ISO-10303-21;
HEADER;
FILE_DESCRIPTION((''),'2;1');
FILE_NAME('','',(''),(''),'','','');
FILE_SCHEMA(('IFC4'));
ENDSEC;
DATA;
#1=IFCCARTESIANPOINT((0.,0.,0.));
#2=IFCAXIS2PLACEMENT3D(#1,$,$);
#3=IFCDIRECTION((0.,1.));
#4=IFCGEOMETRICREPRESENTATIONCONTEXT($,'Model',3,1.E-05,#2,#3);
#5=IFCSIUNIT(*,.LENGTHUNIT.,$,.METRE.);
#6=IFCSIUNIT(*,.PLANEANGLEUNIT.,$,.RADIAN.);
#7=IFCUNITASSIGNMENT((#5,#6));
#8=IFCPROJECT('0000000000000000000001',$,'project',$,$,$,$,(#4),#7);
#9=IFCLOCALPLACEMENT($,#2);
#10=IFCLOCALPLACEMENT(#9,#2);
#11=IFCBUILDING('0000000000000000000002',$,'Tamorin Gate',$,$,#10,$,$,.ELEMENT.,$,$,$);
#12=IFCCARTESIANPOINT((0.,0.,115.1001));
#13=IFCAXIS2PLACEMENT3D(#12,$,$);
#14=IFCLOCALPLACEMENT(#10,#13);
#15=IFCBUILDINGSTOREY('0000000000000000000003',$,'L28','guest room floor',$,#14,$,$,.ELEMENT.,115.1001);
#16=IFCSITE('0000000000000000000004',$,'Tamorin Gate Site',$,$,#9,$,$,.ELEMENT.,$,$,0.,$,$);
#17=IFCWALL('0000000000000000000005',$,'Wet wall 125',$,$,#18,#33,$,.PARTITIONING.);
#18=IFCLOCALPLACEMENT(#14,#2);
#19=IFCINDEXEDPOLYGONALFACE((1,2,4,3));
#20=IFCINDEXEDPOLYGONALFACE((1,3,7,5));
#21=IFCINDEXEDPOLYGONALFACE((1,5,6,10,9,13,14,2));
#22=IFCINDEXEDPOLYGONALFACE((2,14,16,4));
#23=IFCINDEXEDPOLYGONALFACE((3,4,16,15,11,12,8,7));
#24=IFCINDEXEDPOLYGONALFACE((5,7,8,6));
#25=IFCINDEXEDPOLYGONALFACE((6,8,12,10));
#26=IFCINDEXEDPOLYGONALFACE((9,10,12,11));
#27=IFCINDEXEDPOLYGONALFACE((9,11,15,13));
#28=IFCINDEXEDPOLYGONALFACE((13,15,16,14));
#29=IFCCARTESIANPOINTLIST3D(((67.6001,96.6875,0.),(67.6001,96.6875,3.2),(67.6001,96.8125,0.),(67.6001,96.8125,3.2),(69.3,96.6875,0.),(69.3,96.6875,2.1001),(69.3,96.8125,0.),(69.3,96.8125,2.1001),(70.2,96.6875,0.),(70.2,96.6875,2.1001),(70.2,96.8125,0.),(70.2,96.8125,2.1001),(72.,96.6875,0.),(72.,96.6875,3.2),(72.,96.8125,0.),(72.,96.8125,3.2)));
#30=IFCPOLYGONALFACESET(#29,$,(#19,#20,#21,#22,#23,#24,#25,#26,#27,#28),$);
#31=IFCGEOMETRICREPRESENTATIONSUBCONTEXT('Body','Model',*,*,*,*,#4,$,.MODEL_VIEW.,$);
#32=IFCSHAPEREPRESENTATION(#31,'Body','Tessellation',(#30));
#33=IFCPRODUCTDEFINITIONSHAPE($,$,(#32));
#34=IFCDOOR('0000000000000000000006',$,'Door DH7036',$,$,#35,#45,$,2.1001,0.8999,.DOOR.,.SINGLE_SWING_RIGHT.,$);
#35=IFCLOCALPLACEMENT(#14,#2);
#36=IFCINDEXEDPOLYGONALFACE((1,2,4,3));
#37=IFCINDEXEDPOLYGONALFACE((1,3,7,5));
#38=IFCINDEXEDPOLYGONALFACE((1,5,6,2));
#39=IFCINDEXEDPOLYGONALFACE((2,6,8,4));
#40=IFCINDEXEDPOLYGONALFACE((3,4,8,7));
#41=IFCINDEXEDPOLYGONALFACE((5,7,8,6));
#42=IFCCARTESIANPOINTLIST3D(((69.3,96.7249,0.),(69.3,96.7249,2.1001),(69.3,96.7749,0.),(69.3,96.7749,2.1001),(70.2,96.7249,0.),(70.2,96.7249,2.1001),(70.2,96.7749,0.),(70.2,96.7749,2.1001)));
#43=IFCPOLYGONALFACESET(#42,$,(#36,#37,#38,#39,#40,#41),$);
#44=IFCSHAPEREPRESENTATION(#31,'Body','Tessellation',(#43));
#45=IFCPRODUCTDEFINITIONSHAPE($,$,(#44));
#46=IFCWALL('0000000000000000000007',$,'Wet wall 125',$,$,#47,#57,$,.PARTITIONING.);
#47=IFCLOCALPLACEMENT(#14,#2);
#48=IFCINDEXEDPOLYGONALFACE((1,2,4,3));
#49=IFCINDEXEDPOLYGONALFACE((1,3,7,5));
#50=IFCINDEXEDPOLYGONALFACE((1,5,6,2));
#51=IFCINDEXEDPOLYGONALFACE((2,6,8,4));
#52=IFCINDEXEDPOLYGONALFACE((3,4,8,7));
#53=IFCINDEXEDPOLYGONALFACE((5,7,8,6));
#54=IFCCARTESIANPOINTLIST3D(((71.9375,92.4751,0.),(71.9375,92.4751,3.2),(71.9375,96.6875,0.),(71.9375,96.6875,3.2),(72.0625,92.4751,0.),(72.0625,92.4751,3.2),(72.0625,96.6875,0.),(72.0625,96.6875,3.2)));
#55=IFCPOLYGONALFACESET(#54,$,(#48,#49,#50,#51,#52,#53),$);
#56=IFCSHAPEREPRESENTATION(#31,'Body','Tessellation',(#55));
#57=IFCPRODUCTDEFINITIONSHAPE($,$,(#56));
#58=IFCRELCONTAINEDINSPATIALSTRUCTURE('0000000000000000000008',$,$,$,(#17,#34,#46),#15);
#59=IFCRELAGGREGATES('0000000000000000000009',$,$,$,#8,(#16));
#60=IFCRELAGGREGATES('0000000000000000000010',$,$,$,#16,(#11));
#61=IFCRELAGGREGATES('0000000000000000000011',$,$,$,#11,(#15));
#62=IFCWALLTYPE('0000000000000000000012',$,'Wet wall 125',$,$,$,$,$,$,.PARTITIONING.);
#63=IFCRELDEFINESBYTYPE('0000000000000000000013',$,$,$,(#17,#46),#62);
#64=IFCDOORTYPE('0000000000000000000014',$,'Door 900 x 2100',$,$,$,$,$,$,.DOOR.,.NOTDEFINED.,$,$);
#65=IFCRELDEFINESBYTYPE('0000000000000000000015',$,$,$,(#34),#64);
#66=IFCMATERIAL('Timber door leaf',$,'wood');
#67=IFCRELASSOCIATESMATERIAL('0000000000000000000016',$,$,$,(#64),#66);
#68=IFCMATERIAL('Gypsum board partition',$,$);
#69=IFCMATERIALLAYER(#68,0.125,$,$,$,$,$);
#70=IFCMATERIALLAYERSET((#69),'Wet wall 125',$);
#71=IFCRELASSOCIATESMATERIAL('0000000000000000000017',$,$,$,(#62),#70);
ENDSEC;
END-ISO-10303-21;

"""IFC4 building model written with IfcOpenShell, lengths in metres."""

from ifc_helpers import new_model, si_unit, direction, frame, frame_2d, origin, place, context, subcontext, project, spatial, rectangle, extrude, material, layer, layer_set, type_object, element, fill, save


model = new_model("IFC4")

# Units and contexts
model_context = context("Model", 3, precision=1e-05, world=origin(), true_north=direction((0.0, 1.0)))
body_context = subcontext(model_context, "Body", "Model", "MODEL_VIEW")
ifc_project = project(units=[si_unit("LENGTHUNIT", "METRE"), si_unit("PLANEANGLEUNIT", "RADIAN")], contexts=[model_context])

# Site, building, storey
site_placement = place(None, origin())
site = spatial("IfcSite", under=ifc_project, at=site_placement, Name="Tamorin Gate Site", CompositionType="ELEMENT", RefElevation=0.0)
building_placement = place(site_placement, origin())
building = spatial("IfcBuilding", under=site, at=building_placement, Name="Tamorin Gate", CompositionType="ELEMENT")
storey_placement = place(building_placement, frame((0.0, 0.0, 115.1001)))
storey = spatial("IfcBuildingStorey", under=building, at=storey_placement, Name="L28", Description="guest room floor", CompositionType="ELEMENT", Elevation=115.1001)

# Shared definitions
ifc_material_1 = material(Name="Gypsum board partition")

# Wall, opening, door
ifc_material_2 = material(Name="Timber door leaf", Category="wood")
door_type = type_object("IfcDoorType", Name="Door 900 x 2100", OperationType="NOTDEFINED", PredefinedType="DOOR", material=ifc_material_2)
ifc_layer_1 = layer(ifc_material_1, 0.125)
ifc_layer_set_1 = layer_set([ifc_layer_1], Name="Wet wall 125")
wall_type_1 = type_object("IfcWallType", Name="Wet wall 125", PredefinedType="PARTITIONING", material=ifc_layer_set_1)
wall_1_placement = place(storey_placement, frame((67.6001, 96.75, 0.0), z_axis=(0.0, 0.0, 1.0), x_axis=(1.0, 0.0, 0.0)))
wall_1 = element("IfcWall", 1, at=wall_1_placement, inside=storey, type_object=wall_type_1, Name="Wet wall 125", PredefinedType="PARTITIONING", context=body_context, shape_type="SweptSolid", body=[
    extrude(rectangle(XDim=4.3999, YDim=0.125, at=frame_2d((2.2, 0.0))), origin(), (0.0, 0.0, 1.0), 3.2),
])
opening_1_placement = place(wall_1_placement, frame((1.7, 0.0, 0.0)))
opening_1 = element("IfcOpeningElement", 2, at=opening_1_placement, cuts=wall_1, PredefinedType="OPENING", context=body_context, shape_type="SweptSolid", body=[
    extrude(rectangle(XDim=0.8999, YDim=2.1001, at=frame_2d((0.45, 1.05))), frame((0.0, 0.0725, 0.0), z_axis=(0.0, -1.0, 0.0), x_axis=(1.0, 0.0, 0.0)), (0.0, 0.0, 1.0), 0.145),
])
door_1_placement = place(opening_1_placement, origin())
door_1 = element("IfcDoor", 3, at=door_1_placement, inside=storey, type_object=door_type, Name="Door DH7036", OperationType="SINGLE_SWING_RIGHT", OverallHeight=2.1001, OverallWidth=0.8999, PredefinedType="DOOR", context=body_context, shape_type="SweptSolid", body=[
    extrude(rectangle(XDim=0.8999, YDim=2.1001, at=frame_2d((0.45, 1.05))), frame((0.0, 0.0249, 0.0), z_axis=(0.0, -1.0, 0.0), x_axis=(1.0, 0.0, 0.0)), (0.0, 0.0, 1.0), 0.05),
])
fill(opening_1, door_1)

# Wall
wall_2_placement = place(storey_placement, frame((72.0, 92.4751, 0.0), z_axis=(0.0, 0.0, 1.0), x_axis=(0.0, 1.0, 0.0)))
element("IfcWall", 4, at=wall_2_placement, inside=storey, type_object=wall_type_1, Name="Wet wall 125", PredefinedType="PARTITIONING", context=body_context, shape_type="SweptSolid", body=[
    extrude(rectangle(XDim=4.2124, YDim=0.125, at=frame_2d((2.1062, 0.0))), origin(), (0.0, 0.0, 1.0), 3.2),
])

save(model, "model.ifc")
